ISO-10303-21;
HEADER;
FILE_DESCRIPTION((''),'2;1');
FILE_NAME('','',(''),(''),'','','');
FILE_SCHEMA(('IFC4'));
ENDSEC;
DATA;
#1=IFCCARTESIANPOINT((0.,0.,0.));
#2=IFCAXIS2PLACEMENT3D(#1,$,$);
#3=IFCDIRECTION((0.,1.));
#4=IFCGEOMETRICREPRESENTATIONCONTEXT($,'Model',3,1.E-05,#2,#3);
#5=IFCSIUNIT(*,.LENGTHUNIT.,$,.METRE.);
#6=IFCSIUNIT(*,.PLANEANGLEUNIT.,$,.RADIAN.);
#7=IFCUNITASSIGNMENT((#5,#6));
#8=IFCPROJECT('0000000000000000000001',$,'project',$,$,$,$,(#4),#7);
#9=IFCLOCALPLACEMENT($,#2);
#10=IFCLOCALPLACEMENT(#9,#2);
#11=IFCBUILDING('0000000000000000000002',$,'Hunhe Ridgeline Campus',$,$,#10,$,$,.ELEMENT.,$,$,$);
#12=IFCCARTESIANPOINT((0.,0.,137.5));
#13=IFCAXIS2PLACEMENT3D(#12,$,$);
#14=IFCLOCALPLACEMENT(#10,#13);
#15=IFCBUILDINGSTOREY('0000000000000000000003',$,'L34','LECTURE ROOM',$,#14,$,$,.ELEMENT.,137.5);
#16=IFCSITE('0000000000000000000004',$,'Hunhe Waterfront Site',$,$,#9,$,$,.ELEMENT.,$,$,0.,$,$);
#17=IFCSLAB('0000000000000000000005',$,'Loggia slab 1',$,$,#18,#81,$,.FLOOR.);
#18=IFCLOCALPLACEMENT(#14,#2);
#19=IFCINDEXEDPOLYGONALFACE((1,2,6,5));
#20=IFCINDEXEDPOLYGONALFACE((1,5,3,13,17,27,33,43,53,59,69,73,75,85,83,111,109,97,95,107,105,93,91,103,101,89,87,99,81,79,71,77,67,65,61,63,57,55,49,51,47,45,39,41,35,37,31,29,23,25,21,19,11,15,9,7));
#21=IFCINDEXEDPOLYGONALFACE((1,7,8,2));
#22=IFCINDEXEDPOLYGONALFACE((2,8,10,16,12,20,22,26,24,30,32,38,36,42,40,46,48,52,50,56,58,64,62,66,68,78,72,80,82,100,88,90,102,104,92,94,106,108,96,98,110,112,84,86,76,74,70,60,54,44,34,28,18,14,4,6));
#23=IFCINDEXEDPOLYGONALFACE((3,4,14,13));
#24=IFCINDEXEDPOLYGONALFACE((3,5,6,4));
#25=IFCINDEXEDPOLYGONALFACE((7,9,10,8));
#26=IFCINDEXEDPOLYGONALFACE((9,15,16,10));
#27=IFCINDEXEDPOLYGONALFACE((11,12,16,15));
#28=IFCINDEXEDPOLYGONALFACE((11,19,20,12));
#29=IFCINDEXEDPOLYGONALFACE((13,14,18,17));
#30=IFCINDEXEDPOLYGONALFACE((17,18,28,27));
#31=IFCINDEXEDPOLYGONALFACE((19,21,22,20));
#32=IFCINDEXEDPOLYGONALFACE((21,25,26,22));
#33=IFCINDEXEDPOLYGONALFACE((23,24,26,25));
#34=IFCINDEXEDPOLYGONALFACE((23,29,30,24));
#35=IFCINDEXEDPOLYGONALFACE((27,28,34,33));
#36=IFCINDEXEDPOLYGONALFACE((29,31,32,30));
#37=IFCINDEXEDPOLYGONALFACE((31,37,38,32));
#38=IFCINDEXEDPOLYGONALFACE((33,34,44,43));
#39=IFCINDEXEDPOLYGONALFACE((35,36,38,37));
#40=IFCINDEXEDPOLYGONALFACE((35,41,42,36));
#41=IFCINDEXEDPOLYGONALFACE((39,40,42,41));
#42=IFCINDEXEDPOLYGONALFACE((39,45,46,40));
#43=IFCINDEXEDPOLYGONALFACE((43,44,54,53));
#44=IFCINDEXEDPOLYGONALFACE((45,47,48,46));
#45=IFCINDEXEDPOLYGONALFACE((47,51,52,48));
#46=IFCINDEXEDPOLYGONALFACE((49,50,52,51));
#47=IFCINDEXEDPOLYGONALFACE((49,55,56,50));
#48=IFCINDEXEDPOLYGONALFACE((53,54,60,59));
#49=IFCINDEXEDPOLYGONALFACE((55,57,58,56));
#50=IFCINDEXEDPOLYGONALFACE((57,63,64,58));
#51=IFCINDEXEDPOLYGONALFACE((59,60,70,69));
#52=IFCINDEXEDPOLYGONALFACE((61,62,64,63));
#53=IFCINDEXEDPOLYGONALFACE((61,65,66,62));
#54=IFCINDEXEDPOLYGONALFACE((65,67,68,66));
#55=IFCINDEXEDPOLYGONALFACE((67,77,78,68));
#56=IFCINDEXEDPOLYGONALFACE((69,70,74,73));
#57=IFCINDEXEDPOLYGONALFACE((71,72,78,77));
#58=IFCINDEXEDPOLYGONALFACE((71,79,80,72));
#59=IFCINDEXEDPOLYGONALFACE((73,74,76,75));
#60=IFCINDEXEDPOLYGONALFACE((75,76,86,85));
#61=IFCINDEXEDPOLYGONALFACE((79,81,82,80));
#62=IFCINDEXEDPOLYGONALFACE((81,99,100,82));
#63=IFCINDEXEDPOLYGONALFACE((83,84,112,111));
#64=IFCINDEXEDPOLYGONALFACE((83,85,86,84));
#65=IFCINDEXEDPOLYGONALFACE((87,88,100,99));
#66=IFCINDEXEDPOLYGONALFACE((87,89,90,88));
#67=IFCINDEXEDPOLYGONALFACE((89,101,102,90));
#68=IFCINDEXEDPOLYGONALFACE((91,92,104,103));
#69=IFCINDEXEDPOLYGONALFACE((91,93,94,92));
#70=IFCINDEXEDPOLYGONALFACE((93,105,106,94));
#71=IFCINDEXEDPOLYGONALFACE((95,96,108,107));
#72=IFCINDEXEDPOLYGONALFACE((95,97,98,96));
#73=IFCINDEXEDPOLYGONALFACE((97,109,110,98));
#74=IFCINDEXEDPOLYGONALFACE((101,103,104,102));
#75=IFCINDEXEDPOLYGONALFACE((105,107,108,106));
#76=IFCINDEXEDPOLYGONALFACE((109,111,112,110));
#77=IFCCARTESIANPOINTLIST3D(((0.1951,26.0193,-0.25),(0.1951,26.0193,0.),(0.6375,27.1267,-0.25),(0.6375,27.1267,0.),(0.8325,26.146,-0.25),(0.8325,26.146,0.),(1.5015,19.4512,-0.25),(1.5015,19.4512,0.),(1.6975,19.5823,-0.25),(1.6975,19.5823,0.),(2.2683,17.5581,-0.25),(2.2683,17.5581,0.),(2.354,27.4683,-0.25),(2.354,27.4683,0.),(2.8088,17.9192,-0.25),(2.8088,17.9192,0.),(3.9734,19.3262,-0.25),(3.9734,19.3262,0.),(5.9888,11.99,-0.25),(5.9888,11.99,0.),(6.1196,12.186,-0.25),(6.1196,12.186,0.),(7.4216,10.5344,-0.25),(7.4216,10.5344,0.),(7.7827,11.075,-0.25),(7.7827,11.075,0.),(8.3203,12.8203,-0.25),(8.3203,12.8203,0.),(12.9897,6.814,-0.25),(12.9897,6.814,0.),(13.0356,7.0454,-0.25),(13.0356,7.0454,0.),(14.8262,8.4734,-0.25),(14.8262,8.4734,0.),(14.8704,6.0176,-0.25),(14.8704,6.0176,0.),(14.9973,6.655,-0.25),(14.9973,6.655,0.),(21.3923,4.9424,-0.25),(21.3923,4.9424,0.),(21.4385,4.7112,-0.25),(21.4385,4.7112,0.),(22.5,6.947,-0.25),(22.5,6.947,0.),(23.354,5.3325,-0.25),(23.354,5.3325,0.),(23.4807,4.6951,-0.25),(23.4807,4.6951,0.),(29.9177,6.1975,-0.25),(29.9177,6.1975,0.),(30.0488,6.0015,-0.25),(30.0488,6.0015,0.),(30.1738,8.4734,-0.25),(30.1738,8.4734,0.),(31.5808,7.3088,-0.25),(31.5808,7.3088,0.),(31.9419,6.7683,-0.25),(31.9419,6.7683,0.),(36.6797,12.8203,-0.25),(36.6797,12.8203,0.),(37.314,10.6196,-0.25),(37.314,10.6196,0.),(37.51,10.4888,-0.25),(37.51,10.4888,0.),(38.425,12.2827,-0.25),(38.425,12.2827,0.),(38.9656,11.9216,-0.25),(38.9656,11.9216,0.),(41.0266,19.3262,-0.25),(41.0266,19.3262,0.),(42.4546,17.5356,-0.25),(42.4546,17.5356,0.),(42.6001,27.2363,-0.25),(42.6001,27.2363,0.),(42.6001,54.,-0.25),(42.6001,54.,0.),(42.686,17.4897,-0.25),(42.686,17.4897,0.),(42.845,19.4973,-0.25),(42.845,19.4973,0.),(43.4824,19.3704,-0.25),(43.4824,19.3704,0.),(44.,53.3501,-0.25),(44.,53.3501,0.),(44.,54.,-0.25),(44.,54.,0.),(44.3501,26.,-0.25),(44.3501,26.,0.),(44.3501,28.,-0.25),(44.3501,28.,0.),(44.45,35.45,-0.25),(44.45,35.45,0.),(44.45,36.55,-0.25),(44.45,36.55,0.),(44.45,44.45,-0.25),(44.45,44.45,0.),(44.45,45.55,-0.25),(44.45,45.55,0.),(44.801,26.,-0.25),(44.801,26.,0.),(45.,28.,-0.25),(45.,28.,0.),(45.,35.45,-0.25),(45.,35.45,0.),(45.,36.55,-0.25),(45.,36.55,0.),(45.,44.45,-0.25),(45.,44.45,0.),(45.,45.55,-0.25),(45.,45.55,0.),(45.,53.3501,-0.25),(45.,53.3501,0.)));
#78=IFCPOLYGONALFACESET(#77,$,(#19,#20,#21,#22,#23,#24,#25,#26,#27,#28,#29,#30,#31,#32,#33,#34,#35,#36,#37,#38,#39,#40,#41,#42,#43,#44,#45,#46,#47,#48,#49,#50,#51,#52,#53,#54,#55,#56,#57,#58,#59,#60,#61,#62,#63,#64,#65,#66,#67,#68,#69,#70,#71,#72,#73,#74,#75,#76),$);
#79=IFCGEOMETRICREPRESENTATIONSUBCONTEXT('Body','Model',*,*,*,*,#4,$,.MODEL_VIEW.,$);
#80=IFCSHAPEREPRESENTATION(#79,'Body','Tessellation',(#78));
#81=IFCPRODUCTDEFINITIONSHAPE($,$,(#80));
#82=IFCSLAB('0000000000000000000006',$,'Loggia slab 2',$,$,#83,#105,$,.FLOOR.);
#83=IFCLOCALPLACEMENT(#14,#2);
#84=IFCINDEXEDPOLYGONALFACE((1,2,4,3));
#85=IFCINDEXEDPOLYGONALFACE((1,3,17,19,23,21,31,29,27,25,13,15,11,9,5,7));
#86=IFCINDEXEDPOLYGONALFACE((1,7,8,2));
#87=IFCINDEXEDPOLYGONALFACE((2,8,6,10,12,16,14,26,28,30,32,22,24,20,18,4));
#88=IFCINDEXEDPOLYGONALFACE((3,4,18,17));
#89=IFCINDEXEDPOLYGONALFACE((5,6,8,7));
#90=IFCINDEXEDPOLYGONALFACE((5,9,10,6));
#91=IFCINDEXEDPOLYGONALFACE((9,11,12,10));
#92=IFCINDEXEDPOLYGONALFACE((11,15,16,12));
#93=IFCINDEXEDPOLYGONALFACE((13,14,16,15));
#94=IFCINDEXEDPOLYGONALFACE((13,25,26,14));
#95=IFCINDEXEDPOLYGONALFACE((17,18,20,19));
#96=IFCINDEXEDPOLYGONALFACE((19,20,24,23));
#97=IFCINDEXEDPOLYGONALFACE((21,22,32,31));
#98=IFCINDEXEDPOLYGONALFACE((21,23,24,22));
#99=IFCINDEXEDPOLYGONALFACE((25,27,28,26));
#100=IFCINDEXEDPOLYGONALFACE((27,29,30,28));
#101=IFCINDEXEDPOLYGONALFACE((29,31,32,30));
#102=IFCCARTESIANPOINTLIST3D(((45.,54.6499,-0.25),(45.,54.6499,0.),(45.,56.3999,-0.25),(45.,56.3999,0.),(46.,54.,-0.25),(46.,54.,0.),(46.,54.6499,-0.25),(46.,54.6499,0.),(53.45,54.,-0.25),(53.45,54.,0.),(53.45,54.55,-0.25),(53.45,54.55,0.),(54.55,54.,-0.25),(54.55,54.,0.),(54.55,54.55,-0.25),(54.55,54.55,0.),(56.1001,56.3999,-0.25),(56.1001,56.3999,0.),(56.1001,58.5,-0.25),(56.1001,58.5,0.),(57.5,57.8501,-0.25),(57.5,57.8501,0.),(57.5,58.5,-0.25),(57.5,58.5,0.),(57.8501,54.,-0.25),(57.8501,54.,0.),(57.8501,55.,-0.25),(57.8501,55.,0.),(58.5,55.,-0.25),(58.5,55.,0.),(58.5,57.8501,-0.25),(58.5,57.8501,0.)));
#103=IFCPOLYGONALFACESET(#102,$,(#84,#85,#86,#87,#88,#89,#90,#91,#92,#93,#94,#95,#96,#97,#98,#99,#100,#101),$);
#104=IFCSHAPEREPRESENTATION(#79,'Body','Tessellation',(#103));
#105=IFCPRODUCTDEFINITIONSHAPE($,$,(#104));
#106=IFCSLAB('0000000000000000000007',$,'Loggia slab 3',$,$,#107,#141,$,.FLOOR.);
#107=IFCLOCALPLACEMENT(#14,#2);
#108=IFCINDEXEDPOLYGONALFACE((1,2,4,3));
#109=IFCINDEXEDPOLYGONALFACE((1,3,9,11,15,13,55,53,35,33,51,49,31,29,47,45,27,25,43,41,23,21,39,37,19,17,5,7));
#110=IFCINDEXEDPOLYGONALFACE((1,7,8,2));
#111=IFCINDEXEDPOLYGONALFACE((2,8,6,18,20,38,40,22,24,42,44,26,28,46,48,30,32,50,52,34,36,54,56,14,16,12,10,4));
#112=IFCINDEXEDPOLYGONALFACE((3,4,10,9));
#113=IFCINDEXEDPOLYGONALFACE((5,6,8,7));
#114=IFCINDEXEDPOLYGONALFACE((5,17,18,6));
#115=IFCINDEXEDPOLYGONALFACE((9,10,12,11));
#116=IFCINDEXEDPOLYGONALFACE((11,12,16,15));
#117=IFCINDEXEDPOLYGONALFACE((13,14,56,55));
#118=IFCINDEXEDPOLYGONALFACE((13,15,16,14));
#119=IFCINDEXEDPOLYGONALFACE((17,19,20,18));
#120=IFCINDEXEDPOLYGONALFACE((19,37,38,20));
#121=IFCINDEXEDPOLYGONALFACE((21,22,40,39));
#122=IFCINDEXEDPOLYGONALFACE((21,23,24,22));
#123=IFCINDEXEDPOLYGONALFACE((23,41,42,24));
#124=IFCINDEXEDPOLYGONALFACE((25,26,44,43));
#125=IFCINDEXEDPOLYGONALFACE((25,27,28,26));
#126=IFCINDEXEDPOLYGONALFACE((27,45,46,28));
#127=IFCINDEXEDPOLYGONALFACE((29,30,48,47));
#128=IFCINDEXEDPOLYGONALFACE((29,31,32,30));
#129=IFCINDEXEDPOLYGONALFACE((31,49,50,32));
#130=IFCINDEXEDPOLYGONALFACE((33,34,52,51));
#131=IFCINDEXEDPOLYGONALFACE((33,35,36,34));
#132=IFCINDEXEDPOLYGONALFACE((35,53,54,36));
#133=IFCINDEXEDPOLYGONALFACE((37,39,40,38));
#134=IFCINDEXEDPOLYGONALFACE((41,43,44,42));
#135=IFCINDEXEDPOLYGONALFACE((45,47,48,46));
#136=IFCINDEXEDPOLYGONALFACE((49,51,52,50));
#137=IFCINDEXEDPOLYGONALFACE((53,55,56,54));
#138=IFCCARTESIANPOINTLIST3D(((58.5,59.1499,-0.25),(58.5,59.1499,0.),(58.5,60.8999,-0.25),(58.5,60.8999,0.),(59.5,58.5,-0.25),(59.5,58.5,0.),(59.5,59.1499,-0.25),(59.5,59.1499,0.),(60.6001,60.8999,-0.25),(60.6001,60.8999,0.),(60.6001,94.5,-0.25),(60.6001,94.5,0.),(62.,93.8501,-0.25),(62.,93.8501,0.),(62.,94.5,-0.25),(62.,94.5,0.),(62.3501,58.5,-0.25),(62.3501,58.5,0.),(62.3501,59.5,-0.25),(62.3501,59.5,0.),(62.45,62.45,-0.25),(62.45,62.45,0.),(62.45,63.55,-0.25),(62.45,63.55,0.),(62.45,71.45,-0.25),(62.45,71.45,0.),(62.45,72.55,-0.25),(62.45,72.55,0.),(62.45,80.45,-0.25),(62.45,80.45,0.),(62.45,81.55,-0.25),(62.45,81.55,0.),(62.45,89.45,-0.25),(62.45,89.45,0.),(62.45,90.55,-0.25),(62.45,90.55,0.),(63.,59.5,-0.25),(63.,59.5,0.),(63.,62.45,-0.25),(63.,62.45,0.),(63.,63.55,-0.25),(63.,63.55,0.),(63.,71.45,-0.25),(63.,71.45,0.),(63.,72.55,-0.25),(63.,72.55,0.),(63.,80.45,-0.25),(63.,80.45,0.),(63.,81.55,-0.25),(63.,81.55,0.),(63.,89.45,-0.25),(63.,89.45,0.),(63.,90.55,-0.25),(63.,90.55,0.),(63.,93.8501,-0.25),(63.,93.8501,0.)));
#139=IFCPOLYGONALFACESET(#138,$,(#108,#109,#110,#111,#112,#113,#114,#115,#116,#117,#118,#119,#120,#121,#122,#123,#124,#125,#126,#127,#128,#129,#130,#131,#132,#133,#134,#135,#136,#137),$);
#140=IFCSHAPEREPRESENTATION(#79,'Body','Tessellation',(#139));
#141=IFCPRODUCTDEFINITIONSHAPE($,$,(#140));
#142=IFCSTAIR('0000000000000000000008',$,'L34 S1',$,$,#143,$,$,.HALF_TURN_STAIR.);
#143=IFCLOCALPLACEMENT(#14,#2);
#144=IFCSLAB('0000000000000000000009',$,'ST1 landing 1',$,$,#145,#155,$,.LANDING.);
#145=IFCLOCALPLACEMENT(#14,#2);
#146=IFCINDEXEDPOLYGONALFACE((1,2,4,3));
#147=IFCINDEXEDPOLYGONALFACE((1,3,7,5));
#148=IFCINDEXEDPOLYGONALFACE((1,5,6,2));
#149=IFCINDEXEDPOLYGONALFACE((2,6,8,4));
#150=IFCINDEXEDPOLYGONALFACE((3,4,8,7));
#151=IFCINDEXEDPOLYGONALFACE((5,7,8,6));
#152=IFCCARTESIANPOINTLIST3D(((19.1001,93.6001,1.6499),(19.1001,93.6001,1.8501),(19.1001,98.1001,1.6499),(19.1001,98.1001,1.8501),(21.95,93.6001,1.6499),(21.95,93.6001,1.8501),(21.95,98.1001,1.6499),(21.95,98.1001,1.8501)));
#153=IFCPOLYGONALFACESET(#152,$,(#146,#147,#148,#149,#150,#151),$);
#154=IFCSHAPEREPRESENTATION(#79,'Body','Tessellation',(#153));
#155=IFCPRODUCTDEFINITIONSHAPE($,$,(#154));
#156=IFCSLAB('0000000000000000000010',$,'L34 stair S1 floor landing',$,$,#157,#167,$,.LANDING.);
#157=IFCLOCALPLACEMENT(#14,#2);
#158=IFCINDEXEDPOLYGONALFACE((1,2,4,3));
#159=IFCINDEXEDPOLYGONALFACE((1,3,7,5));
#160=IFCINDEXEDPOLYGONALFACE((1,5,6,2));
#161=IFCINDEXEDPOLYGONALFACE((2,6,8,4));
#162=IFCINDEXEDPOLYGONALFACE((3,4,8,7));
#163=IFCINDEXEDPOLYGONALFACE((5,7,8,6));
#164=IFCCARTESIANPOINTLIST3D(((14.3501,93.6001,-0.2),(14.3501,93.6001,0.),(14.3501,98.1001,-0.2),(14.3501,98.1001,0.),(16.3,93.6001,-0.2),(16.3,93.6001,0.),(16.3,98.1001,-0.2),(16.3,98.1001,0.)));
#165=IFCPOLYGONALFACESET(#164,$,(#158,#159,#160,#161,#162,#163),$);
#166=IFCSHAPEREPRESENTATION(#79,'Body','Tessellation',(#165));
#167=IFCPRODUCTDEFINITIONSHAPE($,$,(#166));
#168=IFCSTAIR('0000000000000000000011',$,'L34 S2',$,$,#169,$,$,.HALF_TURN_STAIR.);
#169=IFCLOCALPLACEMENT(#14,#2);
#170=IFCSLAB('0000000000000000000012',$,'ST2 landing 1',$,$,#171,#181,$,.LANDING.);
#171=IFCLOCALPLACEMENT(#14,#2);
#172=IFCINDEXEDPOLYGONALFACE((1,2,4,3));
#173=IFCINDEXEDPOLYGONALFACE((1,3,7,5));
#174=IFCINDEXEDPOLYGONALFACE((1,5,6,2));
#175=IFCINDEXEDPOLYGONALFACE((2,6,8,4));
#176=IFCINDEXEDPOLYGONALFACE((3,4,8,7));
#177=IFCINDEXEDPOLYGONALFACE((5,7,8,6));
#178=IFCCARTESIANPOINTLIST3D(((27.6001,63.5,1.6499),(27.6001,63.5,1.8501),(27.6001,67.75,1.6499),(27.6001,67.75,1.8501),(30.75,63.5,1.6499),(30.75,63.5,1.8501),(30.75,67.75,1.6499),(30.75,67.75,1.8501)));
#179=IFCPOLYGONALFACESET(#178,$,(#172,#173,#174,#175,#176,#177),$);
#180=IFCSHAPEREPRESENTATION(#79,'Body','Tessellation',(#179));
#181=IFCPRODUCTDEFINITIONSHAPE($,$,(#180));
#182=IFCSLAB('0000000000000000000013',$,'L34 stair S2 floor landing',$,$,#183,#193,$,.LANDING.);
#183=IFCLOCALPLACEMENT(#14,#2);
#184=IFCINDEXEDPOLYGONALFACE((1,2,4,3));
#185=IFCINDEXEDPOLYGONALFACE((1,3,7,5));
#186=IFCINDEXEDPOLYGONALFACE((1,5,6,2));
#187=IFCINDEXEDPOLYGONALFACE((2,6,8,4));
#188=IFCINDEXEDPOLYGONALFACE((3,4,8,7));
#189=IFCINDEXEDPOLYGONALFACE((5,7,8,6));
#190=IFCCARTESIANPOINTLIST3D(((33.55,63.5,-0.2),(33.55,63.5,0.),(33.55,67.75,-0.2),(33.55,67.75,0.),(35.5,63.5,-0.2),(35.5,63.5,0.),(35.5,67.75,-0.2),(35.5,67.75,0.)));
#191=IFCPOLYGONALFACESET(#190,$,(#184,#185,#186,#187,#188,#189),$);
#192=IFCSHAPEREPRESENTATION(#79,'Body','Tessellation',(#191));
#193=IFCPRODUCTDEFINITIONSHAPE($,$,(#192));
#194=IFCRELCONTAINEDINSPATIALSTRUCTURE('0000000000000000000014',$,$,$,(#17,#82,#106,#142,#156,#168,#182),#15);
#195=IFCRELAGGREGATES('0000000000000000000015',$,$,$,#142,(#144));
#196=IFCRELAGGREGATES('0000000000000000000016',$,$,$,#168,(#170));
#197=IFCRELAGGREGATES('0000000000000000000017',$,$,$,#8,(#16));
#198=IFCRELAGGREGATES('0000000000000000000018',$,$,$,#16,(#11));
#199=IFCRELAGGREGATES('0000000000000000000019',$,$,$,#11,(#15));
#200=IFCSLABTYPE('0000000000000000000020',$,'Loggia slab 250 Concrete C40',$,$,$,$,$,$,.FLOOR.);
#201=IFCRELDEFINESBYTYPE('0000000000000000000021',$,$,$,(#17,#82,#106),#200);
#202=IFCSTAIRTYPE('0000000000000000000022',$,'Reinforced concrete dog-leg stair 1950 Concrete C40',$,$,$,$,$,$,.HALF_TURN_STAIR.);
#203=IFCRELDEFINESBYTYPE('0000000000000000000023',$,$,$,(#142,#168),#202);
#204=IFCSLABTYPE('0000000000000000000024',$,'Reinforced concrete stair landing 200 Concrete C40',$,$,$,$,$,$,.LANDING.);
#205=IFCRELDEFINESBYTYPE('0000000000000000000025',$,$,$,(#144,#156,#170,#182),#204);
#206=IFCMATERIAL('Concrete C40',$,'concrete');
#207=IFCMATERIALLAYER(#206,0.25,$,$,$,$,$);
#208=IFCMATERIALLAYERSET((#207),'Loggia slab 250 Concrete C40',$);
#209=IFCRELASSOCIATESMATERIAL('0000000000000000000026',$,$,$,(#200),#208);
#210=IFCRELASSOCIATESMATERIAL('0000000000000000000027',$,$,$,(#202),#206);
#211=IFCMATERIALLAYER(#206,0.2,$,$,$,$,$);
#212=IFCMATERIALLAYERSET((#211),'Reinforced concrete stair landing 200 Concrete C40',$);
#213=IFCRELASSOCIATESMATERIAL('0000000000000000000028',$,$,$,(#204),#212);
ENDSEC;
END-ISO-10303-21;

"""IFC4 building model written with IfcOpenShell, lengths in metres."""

from ifc_helpers import new_model, si_unit, direction, frame, origin, place, context, subcontext, project, spatial, polyline, outline, extrude, material, layer, layer_set, type_object, element, aggregate, save


model = new_model("IFC4")

# Units and contexts
model_context = context("Model", 3, precision=1e-05, world=origin(), true_north=direction((0.0, 1.0)))
body_context = subcontext(model_context, "Body", "Model", "MODEL_VIEW")
ifc_project = project(units=[si_unit("LENGTHUNIT", "METRE"), si_unit("PLANEANGLEUNIT", "RADIAN")], contexts=[model_context])

# Site, building, storey
site_placement = place(None, origin())
site = spatial("IfcSite", under=ifc_project, at=site_placement, Name="Hunhe Waterfront Site", CompositionType="ELEMENT", RefElevation=0.0)
building_placement = place(site_placement, origin())
building = spatial("IfcBuilding", under=site, at=building_placement, Name="Hunhe Ridgeline Campus", CompositionType="ELEMENT")
storey_placement = place(building_placement, frame((0.0, 0.0, 137.5)))
storey = spatial("IfcBuildingStorey", under=building, at=storey_placement, Name="L34", Description="LECTURE ROOM", CompositionType="ELEMENT", Elevation=137.5)

# Slabs
ifc_material_1 = material(Name="Concrete C40", Category="concrete")
ifc_layer_1 = layer(ifc_material_1, 0.25)
ifc_layer_set_1 = layer_set([ifc_layer_1], Name="Loggia slab 250 Concrete C40")
slab_type_1 = type_object("IfcSlabType", Name="Loggia slab 250 Concrete C40", PredefinedType="FLOOR", material=ifc_layer_set_1)
slab_1_placement = place(storey_placement, frame((0.0, 0.0, -0.25)))
element("IfcSlab", 1, at=slab_1_placement, inside=storey, type_object=slab_type_1, Name="Loggia slab 1", PredefinedType="FLOOR", context=body_context, shape_type="SweptSolid", body=[
    extrude(outline(polyline([(30.1738, 8.4734), (22.5, 6.947), (14.8262, 8.4734), (8.3203, 12.8203), (3.9734, 19.3262), (2.354, 27.4683), (0.6375, 27.1267), (0.8325, 26.146), (0.1951, 26.0193), (1.5015, 19.4512), (1.6975, 19.5823), (2.8088, 17.9192), (2.2683, 17.5581), (5.9888, 11.99), (6.1196, 12.186), (7.7827, 11.075), (7.4216, 10.5344), (12.9897, 6.814), (13.0356, 7.0454), (14.9973, 6.655), (14.8704, 6.0176), (21.4385, 4.7112), (21.3923, 4.9424), (23.354, 5.3325), (23.4807, 4.6951), (30.0488, 6.0015), (29.9177, 6.1975), (31.5808, 7.3088), (31.9419, 6.7683), (37.51, 10.4888), (37.314, 10.6196), (38.425, 12.2827), (38.9656, 11.9216), (42.686, 17.4897), (42.4546, 17.5356), (42.845, 19.4973), (43.4824, 19.3704), (44.801, 26.0), (44.3501, 26.0), (44.3501, 28.0), (45.0, 28.0), (45.0, 35.45), (44.45, 35.45), (44.45, 36.55), (45.0, 36.55), (45.0, 44.45), (44.45, 44.45), (44.45, 45.55), (45.0, 45.55), (45.0, 53.3501), (44.0, 53.3501), (44.0, 54.0), (42.6001, 54.0), (42.6001, 27.2363), (41.0266, 19.3262), (36.6797, 12.8203), (30.1738, 8.4734)])), origin(), (0.0, 0.0, 1.0), 0.25),
])
slab_2_placement = place(storey_placement, frame((0.0, 0.0, -0.25)))
element("IfcSlab", 2, at=slab_2_placement, inside=storey, type_object=slab_type_1, Name="Loggia slab 2", PredefinedType="FLOOR", context=body_context, shape_type="SweptSolid", body=[
    extrude(outline(polyline([(45.0, 54.6499), (46.0, 54.6499), (46.0, 54.0), (53.45, 54.0), (53.45, 54.55), (54.55, 54.55), (54.55, 54.0), (57.8501, 54.0), (57.8501, 55.0), (58.5, 55.0), (58.5, 57.8501), (57.5, 57.8501), (57.5, 58.5), (56.1001, 58.5), (56.1001, 56.3999), (45.0, 56.3999), (45.0, 54.6499)])), origin(), (0.0, 0.0, 1.0), 0.25),
])
slab_3_placement = place(storey_placement, frame((0.0, 0.0, -0.25)))
element("IfcSlab", 3, at=slab_3_placement, inside=storey, type_object=slab_type_1, Name="Loggia slab 3", PredefinedType="FLOOR", context=body_context, shape_type="SweptSolid", body=[
    extrude(outline(polyline([(58.5, 59.1499), (59.5, 59.1499), (59.5, 58.5), (62.3501, 58.5), (62.3501, 59.5), (63.0, 59.5), (63.0, 62.45), (62.45, 62.45), (62.45, 63.55), (63.0, 63.55), (63.0, 71.45), (62.45, 71.45), (62.45, 72.55), (63.0, 72.55), (63.0, 80.45), (62.45, 80.45), (62.45, 81.55), (63.0, 81.55), (63.0, 89.45), (62.45, 89.45), (62.45, 90.55), (63.0, 90.55), (63.0, 93.8501), (62.0, 93.8501), (62.0, 94.5), (60.6001, 94.5), (60.6001, 60.8999), (58.5, 60.8999), (58.5, 59.1499)])), origin(), (0.0, 0.0, 1.0), 0.25),
])

# Stair, slab
stair_type = type_object("IfcStairType", Name="Reinforced concrete dog-leg stair 1950 Concrete C40", PredefinedType="HALF_TURN_STAIR", material=ifc_material_1)
stair_1_placement = place(storey_placement, origin())
stair_1 = element("IfcStair", 4, at=stair_1_placement, inside=storey, type_object=stair_type, Name="L34 S1", PredefinedType="HALF_TURN_STAIR")
ifc_layer_2 = layer(ifc_material_1, 0.2)
ifc_layer_set_2 = layer_set([ifc_layer_2], Name="Reinforced concrete stair landing 200 Concrete C40")
slab_type_2 = type_object("IfcSlabType", Name="Reinforced concrete stair landing 200 Concrete C40", PredefinedType="LANDING", material=ifc_layer_set_2)
slab_4_placement = place(storey_placement, frame((0.0, 0.0, 1.6499)))
slab_4 = element("IfcSlab", 5, at=slab_4_placement, type_object=slab_type_2, Name="ST1 landing 1", PredefinedType="LANDING", context=body_context, shape_type="SweptSolid", body=[
    extrude(outline(polyline([(19.1001, 93.6001), (21.95, 93.6001), (21.95, 98.1001), (19.1001, 98.1001), (19.1001, 93.6001)])), origin(), (0.0, 0.0, 1.0), 0.2002),
])
aggregate(stair_1, [slab_4])

# Slab
slab_5_placement = place(storey_placement, frame((0.0, 0.0, -0.2)))
element("IfcSlab", 6, at=slab_5_placement, inside=storey, type_object=slab_type_2, Name="L34 stair S1 floor landing", PredefinedType="LANDING", context=body_context, shape_type="SweptSolid", body=[
    extrude(outline(polyline([(14.3501, 93.6001), (16.3, 93.6001), (16.3, 98.1001), (14.3501, 98.1001), (14.3501, 93.6001)])), origin(), (0.0, 0.0, 1.0), 0.2),
])

# Stair, slab
stair_2_placement = place(storey_placement, origin())
stair_2 = element("IfcStair", 7, at=stair_2_placement, inside=storey, type_object=stair_type, Name="L34 S2", PredefinedType="HALF_TURN_STAIR")
slab_6_placement = place(storey_placement, frame((0.0, 0.0, 1.6499)))
slab_6 = element("IfcSlab", 8, at=slab_6_placement, type_object=slab_type_2, Name="ST2 landing 1", PredefinedType="LANDING", context=body_context, shape_type="SweptSolid", body=[
    extrude(outline(polyline([(30.75, 67.75), (27.6001, 67.75), (27.6001, 63.5), (30.75, 63.5), (30.75, 67.75)])), origin(), (0.0, 0.0, 1.0), 0.2002),
])
aggregate(stair_2, [slab_6])

# Slab
slab_7_placement = place(storey_placement, frame((0.0, 0.0, -0.2)))
element("IfcSlab", 9, at=slab_7_placement, inside=storey, type_object=slab_type_2, Name="L34 stair S2 floor landing", PredefinedType="LANDING", context=body_context, shape_type="SweptSolid", body=[
    extrude(outline(polyline([(35.5, 67.75), (33.55, 67.75), (33.55, 63.5), (35.5, 63.5), (35.5, 67.75)])), origin(), (0.0, 0.0, 1.0), 0.2),
])

save(model, "model.ifc")
